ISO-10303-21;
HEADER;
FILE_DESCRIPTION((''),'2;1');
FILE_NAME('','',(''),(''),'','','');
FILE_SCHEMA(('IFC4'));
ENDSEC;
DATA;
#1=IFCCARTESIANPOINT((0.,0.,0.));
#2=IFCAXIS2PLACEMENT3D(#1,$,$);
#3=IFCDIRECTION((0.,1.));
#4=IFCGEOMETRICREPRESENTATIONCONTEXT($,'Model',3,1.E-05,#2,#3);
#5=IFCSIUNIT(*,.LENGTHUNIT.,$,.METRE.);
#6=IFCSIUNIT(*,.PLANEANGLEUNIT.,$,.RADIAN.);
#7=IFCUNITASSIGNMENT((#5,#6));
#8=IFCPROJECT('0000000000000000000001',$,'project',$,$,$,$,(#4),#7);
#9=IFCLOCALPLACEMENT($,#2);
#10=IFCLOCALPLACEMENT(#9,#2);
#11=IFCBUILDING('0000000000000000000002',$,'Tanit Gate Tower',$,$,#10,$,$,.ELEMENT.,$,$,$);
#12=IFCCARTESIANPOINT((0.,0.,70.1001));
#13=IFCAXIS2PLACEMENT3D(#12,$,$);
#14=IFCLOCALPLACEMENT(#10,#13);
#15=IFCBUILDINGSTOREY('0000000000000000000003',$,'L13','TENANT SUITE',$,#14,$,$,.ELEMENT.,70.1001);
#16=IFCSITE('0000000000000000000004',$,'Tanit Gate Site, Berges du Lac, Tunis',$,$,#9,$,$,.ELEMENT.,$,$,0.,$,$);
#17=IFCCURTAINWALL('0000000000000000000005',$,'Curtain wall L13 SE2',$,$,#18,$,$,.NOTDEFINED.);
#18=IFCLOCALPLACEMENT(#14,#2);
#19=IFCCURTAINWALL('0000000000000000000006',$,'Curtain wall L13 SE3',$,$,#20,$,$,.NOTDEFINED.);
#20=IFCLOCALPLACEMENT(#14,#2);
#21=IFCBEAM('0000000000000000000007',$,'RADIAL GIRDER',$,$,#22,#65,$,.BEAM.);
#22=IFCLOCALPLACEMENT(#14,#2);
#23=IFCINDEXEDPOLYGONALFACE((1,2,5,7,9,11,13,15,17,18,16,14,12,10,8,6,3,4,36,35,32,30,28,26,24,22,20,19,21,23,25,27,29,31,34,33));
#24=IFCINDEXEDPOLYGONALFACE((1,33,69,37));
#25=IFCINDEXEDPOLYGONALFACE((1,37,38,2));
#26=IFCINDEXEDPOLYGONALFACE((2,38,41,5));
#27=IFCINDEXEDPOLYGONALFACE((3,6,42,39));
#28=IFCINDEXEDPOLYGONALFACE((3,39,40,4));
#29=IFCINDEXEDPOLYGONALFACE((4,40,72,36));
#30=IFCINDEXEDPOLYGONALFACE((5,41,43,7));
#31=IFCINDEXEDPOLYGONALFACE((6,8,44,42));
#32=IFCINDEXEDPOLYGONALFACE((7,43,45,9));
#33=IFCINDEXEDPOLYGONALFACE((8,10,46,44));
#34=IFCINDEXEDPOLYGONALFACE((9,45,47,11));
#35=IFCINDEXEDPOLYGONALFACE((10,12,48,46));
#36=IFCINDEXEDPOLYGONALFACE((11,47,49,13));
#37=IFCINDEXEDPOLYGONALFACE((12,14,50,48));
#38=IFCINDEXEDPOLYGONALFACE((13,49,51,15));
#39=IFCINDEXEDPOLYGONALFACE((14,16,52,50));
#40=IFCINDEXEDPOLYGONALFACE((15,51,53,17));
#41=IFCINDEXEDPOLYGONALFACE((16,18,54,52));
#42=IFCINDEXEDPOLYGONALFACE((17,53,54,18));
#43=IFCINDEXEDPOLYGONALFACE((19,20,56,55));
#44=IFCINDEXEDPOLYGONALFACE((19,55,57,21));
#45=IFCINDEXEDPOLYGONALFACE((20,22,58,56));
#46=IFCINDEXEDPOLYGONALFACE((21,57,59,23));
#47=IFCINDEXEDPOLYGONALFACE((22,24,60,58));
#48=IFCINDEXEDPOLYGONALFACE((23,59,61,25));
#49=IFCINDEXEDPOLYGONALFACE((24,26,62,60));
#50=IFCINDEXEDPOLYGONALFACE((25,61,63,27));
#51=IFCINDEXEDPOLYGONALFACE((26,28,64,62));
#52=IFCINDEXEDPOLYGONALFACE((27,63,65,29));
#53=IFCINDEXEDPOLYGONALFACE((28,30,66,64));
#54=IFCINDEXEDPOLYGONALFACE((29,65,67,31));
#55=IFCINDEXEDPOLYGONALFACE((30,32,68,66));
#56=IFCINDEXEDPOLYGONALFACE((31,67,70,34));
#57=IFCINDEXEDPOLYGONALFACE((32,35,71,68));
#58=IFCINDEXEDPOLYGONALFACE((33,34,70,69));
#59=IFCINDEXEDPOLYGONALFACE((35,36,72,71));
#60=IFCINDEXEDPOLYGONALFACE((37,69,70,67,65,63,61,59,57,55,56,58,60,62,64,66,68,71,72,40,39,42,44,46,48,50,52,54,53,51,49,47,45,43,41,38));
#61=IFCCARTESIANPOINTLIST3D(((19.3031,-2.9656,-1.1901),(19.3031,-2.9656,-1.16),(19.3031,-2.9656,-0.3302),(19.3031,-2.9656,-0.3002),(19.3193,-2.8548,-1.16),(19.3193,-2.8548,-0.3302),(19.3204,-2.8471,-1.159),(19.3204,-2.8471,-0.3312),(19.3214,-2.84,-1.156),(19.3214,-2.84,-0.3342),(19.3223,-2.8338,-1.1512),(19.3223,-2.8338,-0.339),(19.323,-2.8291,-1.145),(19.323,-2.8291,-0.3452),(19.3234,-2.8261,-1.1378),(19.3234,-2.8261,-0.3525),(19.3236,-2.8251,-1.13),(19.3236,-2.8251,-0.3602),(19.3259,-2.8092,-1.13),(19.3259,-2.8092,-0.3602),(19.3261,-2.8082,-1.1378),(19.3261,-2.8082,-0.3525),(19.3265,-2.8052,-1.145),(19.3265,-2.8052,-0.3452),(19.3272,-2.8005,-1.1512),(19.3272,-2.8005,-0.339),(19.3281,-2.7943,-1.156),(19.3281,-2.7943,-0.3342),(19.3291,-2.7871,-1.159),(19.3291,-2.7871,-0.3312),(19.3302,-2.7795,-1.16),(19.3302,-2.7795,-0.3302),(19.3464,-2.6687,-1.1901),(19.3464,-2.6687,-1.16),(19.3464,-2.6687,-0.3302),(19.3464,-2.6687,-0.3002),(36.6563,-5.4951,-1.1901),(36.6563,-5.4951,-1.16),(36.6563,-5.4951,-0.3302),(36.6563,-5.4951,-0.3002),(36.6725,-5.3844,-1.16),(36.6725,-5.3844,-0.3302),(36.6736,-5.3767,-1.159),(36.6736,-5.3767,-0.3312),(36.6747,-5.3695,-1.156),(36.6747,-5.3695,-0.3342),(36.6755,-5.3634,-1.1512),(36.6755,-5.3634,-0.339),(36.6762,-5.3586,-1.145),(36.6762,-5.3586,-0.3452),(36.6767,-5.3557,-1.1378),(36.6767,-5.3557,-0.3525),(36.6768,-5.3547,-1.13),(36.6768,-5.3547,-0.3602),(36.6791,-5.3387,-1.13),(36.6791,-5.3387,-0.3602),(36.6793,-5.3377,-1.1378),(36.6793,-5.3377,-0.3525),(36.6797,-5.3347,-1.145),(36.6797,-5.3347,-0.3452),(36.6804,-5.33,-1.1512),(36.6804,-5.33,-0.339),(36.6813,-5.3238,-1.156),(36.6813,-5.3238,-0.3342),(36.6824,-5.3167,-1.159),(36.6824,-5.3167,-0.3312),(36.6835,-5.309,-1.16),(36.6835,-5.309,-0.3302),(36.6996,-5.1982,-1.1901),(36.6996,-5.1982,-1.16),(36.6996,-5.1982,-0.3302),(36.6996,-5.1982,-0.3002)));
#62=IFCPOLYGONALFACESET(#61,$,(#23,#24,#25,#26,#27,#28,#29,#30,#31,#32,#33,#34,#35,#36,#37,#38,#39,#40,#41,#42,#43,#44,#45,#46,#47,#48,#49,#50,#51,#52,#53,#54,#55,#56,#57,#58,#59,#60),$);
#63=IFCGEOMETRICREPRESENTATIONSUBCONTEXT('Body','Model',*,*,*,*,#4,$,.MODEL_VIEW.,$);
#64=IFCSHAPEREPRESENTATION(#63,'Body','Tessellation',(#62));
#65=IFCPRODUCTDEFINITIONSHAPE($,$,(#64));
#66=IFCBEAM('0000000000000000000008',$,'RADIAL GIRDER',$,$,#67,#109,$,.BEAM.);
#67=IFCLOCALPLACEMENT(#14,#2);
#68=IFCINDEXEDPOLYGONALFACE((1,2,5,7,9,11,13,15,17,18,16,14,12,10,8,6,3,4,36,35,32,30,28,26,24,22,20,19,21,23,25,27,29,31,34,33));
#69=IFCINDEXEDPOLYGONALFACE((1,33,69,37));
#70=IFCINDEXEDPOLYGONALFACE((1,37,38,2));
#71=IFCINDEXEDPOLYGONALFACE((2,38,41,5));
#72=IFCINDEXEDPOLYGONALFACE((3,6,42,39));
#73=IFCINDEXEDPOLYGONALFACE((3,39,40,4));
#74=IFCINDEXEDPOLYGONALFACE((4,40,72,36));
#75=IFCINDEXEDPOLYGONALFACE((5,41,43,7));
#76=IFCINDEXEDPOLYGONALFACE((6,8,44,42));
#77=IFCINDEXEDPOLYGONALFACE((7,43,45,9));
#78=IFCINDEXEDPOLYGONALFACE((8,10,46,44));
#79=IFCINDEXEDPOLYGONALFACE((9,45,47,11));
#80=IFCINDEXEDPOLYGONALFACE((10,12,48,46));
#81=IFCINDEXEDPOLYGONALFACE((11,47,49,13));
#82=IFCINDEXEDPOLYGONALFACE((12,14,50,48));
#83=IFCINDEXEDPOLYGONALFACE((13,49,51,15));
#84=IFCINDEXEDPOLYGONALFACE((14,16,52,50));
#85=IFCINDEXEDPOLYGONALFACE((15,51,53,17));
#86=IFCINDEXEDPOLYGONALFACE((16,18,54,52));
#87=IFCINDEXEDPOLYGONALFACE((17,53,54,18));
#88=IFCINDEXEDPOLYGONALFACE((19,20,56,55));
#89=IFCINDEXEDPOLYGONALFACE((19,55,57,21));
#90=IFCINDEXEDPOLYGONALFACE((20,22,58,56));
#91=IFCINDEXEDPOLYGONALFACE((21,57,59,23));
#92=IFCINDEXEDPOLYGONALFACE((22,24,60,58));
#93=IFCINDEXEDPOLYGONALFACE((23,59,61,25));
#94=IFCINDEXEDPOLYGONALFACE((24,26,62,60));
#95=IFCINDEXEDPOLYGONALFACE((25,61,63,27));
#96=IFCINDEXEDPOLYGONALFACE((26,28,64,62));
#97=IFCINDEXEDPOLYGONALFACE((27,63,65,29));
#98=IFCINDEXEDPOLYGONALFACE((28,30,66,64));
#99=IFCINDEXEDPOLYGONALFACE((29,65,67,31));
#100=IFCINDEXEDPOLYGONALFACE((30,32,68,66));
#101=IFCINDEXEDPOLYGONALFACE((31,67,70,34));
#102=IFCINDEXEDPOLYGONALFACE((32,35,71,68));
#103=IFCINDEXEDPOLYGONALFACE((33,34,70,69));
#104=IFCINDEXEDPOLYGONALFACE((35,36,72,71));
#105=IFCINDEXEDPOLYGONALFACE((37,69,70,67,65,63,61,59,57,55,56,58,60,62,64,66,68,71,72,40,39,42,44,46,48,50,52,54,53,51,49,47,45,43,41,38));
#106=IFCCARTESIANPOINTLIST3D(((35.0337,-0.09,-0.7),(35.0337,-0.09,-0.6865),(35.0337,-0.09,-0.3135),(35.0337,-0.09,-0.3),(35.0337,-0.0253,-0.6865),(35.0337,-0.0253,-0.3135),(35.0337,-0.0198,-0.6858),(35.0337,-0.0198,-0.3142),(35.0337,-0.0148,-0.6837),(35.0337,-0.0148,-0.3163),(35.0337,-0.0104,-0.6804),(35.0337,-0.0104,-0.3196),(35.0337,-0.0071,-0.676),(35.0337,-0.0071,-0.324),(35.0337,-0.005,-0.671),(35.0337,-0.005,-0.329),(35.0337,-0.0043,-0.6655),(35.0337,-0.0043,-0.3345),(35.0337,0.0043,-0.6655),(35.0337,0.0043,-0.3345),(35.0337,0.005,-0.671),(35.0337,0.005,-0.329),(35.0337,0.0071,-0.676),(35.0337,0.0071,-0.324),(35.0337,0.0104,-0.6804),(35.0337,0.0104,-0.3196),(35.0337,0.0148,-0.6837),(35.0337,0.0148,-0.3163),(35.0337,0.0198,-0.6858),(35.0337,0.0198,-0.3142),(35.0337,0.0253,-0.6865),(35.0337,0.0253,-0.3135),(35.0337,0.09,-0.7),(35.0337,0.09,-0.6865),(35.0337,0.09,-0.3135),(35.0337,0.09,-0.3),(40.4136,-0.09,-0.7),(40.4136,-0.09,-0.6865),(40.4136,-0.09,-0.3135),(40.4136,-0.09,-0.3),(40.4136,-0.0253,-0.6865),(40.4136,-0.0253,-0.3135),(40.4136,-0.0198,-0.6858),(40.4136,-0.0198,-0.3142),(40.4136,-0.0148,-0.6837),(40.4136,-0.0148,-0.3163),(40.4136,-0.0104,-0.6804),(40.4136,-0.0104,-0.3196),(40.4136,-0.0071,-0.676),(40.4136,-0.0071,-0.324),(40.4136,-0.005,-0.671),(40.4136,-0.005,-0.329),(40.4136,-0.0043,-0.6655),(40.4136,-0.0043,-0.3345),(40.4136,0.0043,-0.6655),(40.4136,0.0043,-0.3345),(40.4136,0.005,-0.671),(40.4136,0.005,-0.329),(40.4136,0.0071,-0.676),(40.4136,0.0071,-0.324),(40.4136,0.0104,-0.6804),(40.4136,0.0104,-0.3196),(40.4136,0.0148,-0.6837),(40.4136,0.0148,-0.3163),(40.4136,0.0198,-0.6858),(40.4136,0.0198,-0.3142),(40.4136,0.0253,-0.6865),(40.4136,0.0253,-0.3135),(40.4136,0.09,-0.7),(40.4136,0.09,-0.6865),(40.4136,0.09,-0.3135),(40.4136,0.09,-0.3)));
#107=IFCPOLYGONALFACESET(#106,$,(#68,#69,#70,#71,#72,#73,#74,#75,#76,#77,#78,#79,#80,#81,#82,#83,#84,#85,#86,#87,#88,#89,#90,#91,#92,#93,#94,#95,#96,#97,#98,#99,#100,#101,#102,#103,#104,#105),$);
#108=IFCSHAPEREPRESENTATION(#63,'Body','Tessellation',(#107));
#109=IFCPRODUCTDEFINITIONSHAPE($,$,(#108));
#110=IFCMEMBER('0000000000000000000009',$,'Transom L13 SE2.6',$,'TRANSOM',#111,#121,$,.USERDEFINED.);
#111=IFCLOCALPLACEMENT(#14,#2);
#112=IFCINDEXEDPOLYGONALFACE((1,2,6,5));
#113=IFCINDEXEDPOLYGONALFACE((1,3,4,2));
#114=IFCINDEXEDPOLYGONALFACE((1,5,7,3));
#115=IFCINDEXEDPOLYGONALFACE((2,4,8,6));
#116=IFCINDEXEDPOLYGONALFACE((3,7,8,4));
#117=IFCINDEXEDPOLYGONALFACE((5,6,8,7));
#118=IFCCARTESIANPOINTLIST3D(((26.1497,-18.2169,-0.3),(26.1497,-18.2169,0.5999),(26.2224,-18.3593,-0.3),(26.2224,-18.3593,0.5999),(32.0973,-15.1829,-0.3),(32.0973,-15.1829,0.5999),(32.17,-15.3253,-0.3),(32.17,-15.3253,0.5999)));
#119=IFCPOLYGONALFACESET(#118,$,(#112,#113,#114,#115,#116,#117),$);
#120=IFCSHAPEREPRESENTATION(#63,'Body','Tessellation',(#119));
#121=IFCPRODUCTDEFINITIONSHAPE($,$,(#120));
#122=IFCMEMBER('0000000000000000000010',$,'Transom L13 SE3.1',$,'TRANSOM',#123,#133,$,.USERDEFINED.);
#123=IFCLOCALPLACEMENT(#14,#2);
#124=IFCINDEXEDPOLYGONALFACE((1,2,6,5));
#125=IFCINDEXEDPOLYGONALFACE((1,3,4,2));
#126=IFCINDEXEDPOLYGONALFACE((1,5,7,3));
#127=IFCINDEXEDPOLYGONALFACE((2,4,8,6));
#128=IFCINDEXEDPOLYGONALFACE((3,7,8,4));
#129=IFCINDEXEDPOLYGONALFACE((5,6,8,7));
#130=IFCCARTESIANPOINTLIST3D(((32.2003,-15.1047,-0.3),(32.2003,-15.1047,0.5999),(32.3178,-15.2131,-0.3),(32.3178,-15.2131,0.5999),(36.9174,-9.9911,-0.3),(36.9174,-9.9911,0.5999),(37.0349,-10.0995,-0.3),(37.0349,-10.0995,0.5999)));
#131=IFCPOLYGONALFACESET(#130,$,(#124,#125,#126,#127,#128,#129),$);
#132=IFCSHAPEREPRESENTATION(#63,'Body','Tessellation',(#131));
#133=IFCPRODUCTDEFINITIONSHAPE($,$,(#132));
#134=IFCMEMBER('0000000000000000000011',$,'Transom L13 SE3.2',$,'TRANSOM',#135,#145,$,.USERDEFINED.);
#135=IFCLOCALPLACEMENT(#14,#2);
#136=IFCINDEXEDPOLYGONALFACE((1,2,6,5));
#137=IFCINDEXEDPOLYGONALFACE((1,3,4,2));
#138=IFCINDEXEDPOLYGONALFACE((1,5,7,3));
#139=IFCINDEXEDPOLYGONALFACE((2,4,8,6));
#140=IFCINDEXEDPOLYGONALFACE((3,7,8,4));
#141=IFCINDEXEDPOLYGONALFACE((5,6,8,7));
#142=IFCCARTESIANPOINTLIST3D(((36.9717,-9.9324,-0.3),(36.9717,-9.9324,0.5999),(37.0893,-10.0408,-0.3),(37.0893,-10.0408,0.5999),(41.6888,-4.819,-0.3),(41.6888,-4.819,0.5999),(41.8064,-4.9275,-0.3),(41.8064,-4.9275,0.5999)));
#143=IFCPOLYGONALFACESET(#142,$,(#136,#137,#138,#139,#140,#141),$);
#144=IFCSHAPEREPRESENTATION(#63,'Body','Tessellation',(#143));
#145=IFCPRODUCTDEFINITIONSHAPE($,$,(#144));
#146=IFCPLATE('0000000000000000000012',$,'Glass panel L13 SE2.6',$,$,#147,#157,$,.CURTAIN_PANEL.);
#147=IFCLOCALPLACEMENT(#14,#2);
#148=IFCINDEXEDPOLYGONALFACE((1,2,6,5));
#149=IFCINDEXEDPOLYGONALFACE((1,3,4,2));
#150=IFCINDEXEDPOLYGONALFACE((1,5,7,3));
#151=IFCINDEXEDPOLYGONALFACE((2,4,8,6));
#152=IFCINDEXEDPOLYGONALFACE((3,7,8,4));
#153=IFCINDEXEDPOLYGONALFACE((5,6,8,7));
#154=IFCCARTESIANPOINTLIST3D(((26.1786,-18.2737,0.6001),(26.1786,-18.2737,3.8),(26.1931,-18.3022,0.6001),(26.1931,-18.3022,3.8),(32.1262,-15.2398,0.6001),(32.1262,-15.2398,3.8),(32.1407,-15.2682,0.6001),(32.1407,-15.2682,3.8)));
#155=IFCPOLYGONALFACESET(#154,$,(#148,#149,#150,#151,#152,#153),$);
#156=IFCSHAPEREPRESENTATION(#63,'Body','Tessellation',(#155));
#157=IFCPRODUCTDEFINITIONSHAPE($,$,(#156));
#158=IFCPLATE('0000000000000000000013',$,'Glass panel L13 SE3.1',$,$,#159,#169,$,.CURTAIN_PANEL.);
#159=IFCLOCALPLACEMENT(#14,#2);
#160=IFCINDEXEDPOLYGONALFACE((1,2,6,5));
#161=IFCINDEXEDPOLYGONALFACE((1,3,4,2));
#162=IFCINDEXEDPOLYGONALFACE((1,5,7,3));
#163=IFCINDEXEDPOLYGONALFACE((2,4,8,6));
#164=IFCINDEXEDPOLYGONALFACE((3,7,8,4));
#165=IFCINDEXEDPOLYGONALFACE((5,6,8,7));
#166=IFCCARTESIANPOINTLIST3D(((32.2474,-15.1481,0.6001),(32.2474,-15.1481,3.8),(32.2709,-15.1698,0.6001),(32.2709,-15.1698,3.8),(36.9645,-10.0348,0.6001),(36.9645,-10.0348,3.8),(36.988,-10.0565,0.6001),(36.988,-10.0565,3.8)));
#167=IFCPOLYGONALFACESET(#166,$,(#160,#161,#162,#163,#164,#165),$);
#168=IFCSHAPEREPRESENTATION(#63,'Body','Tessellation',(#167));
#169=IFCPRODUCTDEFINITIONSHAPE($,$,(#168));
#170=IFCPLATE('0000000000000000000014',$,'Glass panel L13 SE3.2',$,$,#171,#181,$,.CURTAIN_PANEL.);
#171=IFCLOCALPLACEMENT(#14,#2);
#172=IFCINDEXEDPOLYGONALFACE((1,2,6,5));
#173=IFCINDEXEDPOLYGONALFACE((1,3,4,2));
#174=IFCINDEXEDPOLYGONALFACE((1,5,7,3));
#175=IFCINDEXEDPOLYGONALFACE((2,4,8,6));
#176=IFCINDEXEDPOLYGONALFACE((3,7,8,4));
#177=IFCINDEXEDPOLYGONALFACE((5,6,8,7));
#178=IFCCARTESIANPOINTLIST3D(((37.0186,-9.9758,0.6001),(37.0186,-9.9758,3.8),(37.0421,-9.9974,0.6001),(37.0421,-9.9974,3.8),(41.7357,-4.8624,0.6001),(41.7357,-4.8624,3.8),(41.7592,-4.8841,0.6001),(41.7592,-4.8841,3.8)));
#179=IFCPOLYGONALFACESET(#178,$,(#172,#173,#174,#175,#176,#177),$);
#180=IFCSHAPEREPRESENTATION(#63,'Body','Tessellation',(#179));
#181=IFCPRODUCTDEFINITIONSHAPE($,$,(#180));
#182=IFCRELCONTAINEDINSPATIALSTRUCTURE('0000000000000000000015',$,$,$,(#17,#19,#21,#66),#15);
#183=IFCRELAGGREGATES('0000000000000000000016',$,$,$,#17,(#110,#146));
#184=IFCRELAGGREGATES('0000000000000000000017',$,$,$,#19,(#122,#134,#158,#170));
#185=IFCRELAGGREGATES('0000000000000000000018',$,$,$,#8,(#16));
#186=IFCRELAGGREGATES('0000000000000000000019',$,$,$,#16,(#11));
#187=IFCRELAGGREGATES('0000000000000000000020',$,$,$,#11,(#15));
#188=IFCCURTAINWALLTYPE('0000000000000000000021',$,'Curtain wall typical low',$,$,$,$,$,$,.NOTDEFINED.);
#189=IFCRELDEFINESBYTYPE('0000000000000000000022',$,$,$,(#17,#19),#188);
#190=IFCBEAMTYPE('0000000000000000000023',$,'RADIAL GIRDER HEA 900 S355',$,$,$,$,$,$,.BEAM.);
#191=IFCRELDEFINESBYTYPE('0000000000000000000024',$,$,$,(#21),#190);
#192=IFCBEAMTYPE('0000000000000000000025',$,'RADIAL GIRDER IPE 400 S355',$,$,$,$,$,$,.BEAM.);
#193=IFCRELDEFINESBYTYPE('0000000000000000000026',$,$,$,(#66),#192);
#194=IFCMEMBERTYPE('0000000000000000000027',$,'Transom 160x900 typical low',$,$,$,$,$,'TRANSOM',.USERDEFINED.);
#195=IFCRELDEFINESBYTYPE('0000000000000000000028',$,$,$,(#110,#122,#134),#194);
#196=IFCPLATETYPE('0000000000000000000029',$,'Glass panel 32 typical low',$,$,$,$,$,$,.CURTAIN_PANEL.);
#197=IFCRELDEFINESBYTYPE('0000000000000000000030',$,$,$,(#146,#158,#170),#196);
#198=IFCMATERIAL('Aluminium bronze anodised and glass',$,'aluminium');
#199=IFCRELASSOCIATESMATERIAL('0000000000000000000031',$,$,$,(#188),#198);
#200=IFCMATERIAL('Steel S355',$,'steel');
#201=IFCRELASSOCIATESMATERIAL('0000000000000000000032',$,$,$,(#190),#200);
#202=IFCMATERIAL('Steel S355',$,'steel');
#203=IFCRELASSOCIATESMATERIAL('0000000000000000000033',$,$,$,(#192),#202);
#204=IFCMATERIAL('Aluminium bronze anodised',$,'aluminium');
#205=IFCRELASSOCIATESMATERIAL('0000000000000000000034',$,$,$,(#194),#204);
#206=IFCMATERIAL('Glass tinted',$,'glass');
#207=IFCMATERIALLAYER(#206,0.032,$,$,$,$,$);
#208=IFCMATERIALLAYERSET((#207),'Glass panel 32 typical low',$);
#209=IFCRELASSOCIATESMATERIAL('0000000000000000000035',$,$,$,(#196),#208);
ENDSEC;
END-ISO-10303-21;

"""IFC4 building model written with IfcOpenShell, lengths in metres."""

from ifc_helpers import new_model, si_unit, direction, frame, origin, origin_2d, place, context, subcontext, project, spatial, rectangle, i_section, extrude, material, layer, layer_set, material_profile, profile_set, type_object, element, aggregate, save


model = new_model("IFC4")

# Units and contexts
model_context = context("Model", 3, precision=1e-05, world=origin(), true_north=direction((0.0, 1.0)))
body_context = subcontext(model_context, "Body", "Model", "MODEL_VIEW")
ifc_project = project(units=[si_unit("LENGTHUNIT", "METRE"), si_unit("PLANEANGLEUNIT", "RADIAN")], contexts=[model_context])

# Site, building, storey
site_placement = place(None, origin())
site = spatial("IfcSite", under=ifc_project, at=site_placement, Name="Tanit Gate Site, Berges du Lac, Tunis", CompositionType="ELEMENT", RefElevation=0.0)
building_placement = place(site_placement, origin())
building = spatial("IfcBuilding", under=site, at=building_placement, Name="Tanit Gate Tower", CompositionType="ELEMENT")
storey_placement = place(building_placement, frame((0.0, 0.0, 70.1001)))
storey = spatial("IfcBuildingStorey", under=building, at=storey_placement, Name="L13", Description="TENANT SUITE", CompositionType="ELEMENT", Elevation=70.1001)

# Curtain wall
ifc_material_1 = material(Name="Aluminium bronze anodised and glass", Category="aluminium")
curtain_wall_type = type_object("IfcCurtainWallType", Name="Curtain wall typical low", PredefinedType="NOTDEFINED", material=ifc_material_1)
curtain_wall_1_placement = place(storey_placement, origin())
curtain_wall_1 = element("IfcCurtainWall", 1, at=curtain_wall_1_placement, inside=storey, type_object=curtain_wall_type, Name="Curtain wall L13 SE2", PredefinedType="NOTDEFINED")

# Curtain wall
curtain_wall_2_placement = place(storey_placement, origin())
curtain_wall_2 = element("IfcCurtainWall", 2, at=curtain_wall_2_placement, inside=storey, type_object=curtain_wall_type, Name="Curtain wall L13 SE3", PredefinedType="NOTDEFINED")

# Beams
ifc_material_2 = material(Name="Steel S355", Category="steel")
ifc_material_profile_1 = material_profile(ifc_material_2, i_section(OverallWidth=0.3, OverallDepth=0.8899, WebThickness=0.0161, FlangeThickness=0.03, FilletRadius=0.03, at=origin_2d()), Name="HEA 900")
ifc_profile_set_1 = profile_set([ifc_material_profile_1], Name="Steel S355")
beam_type_1 = type_object("IfcBeamType", Name="RADIAL GIRDER HEA 900 S355", PredefinedType="BEAM", material=ifc_profile_set_1)
beam_1_placement = place(storey_placement, frame((36.678, -5.3467, -0.7451), z_axis=(-0.989542, 0.144243, 0.0), x_axis=(-0.144243, -0.989542, 0.0)))
element("IfcBeam", 3, at=beam_1_placement, inside=storey, type_object=beam_type_1, Name="RADIAL GIRDER", PredefinedType="BEAM", context=body_context, shape_type="SweptSolid", body=[
    extrude(i_section(OverallWidth=0.3, OverallDepth=0.8899, WebThickness=0.0161, FlangeThickness=0.03, FilletRadius=0.03, at=origin_2d()), origin(), (0.0, 0.0, 1.0), 17.5366),
])
ifc_material_3 = material(Name="Steel S355", Category="steel")
ifc_material_profile_2 = material_profile(ifc_material_3, i_section(OverallWidth=0.1799, OverallDepth=0.3999, WebThickness=0.0085, FlangeThickness=0.0134, FilletRadius=0.021, at=origin_2d()), Name="IPE 400")
ifc_profile_set_2 = profile_set([ifc_material_profile_2], Name="Steel S355")
beam_type_2 = type_object("IfcBeamType", Name="RADIAL GIRDER IPE 400 S355", PredefinedType="BEAM", material=ifc_profile_set_2)
beam_2_placement = place(storey_placement, frame((40.4136, 0.0, -0.5), z_axis=(-1.0, 0.0, 0.0), x_axis=(0.0, -1.0, 0.0)))
element("IfcBeam", 4, at=beam_2_placement, inside=storey, type_object=beam_type_2, Name="RADIAL GIRDER", PredefinedType="BEAM", context=body_context, shape_type="SweptSolid", body=[
    extrude(i_section(OverallWidth=0.1799, OverallDepth=0.3999, WebThickness=0.0085, FlangeThickness=0.0134, FilletRadius=0.021, at=origin_2d()), origin(), (0.0, 0.0, 1.0), 5.3799),
])

# Members
ifc_material_4 = material(Name="Aluminium bronze anodised", Category="aluminium")
ifc_material_profile_3 = material_profile(ifc_material_4, rectangle(XDim=0.1599, YDim=0.8999, at=origin_2d()), Name="160x900 bronze transom")
ifc_profile_set_3 = profile_set([ifc_material_profile_3], Name="Aluminium bronze anodised")
member_type_1 = type_object("IfcMemberType", Name="Transom 160x900 typical low", ElementType="TRANSOM", PredefinedType="USERDEFINED", material=ifc_profile_set_3)
member_1_placement = place(storey_placement, frame((26.186, -18.2881, 0.1499), z_axis=(0.890793, 0.45441, 0.0), x_axis=(-0.45441, 0.890793, 0.0)))
member_1 = element("IfcMember", 5, at=member_1_placement, type_object=member_type_1, Name="Transom L13 SE2.6", ObjectType="TRANSOM", PredefinedType="USERDEFINED", context=body_context, shape_type="SweptSolid", body=[
    extrude(rectangle(XDim=0.1599, YDim=0.8999, at=origin_2d()), origin(), (0.0, 0.0, 1.0), 6.6768),
])
member_2_placement = place(storey_placement, frame((32.259, -15.1589, 0.1499), z_axis=(0.678037, 0.735028, 0.0), x_axis=(-0.735028, 0.678037, 0.0)))
member_2 = element("IfcMember", 6, at=member_2_placement, type_object=member_type_1, Name="Transom L13 SE3.1", ObjectType="TRANSOM", PredefinedType="USERDEFINED", context=body_context, shape_type="SweptSolid", body=[
    extrude(rectangle(XDim=0.1599, YDim=0.8999, at=origin_2d()), origin(), (0.0, 0.0, 1.0), 6.957),
])
member_3_placement = place(storey_placement, frame((37.0305, -9.9866, 0.1499), z_axis=(0.678054, 0.735012, 0.0), x_axis=(-0.735012, 0.678054, 0.0)))
member_3 = element("IfcMember", 7, at=member_3_placement, type_object=member_type_1, Name="Transom L13 SE3.2", ObjectType="TRANSOM", PredefinedType="USERDEFINED", context=body_context, shape_type="SweptSolid", body=[
    extrude(rectangle(XDim=0.1599, YDim=0.8999, at=origin_2d()), origin(), (0.0, 0.0, 1.0), 6.9568),
])

# Plates
ifc_material_5 = material(Name="Glass tinted", Category="glass")
ifc_layer_1 = layer(ifc_material_5, 0.032)
ifc_layer_set_1 = layer_set([ifc_layer_1], Name="Glass panel 32 typical low")
plate_type = type_object("IfcPlateType", Name="Glass panel 32 typical low", PredefinedType="CURTAIN_PANEL", material=ifc_layer_set_1)
plate_1_placement = place(storey_placement, frame((29.1597, -16.771, 0.6001), z_axis=(0.0, 0.0, 1.0), x_axis=(0.890792, 0.454411, 0.0)))
plate_1 = element("IfcPlate", 8, at=plate_1_placement, type_object=plate_type, Name="Glass panel L13 SE2.6", PredefinedType="CURTAIN_PANEL", context=body_context, shape_type="SweptSolid", body=[
    extrude(rectangle(XDim=6.6768, YDim=0.032, at=origin_2d()), origin(), (0.0, 0.0, 1.0), 3.2),
])
aggregate(curtain_wall_1, [member_1, plate_1])
plate_2_placement = place(storey_placement, frame((34.6177, -12.6023, 0.6001), z_axis=(0.0, 0.0, 1.0), x_axis=(0.678053, 0.735013, 0.0)))
plate_2 = element("IfcPlate", 9, at=plate_2_placement, type_object=plate_type, Name="Glass panel L13 SE3.1", PredefinedType="CURTAIN_PANEL", context=body_context, shape_type="SweptSolid", body=[
    extrude(rectangle(XDim=6.9568, YDim=0.032, at=origin_2d()), origin(), (0.0, 0.0, 1.0), 3.2),
])
plate_3_placement = place(storey_placement, frame((39.3889, -7.4299, 0.6001), z_axis=(0.0, 0.0, 1.0), x_axis=(0.678053, 0.735013, 0.0)))
plate_3 = element("IfcPlate", 10, at=plate_3_placement, type_object=plate_type, Name="Glass panel L13 SE3.2", PredefinedType="CURTAIN_PANEL", context=body_context, shape_type="SweptSolid", body=[
    extrude(rectangle(XDim=6.9568, YDim=0.032, at=origin_2d()), origin(), (0.0, 0.0, 1.0), 3.2),
])
aggregate(curtain_wall_2, [member_2, member_3, plate_2, plate_3])

save(model, "model.ifc")
